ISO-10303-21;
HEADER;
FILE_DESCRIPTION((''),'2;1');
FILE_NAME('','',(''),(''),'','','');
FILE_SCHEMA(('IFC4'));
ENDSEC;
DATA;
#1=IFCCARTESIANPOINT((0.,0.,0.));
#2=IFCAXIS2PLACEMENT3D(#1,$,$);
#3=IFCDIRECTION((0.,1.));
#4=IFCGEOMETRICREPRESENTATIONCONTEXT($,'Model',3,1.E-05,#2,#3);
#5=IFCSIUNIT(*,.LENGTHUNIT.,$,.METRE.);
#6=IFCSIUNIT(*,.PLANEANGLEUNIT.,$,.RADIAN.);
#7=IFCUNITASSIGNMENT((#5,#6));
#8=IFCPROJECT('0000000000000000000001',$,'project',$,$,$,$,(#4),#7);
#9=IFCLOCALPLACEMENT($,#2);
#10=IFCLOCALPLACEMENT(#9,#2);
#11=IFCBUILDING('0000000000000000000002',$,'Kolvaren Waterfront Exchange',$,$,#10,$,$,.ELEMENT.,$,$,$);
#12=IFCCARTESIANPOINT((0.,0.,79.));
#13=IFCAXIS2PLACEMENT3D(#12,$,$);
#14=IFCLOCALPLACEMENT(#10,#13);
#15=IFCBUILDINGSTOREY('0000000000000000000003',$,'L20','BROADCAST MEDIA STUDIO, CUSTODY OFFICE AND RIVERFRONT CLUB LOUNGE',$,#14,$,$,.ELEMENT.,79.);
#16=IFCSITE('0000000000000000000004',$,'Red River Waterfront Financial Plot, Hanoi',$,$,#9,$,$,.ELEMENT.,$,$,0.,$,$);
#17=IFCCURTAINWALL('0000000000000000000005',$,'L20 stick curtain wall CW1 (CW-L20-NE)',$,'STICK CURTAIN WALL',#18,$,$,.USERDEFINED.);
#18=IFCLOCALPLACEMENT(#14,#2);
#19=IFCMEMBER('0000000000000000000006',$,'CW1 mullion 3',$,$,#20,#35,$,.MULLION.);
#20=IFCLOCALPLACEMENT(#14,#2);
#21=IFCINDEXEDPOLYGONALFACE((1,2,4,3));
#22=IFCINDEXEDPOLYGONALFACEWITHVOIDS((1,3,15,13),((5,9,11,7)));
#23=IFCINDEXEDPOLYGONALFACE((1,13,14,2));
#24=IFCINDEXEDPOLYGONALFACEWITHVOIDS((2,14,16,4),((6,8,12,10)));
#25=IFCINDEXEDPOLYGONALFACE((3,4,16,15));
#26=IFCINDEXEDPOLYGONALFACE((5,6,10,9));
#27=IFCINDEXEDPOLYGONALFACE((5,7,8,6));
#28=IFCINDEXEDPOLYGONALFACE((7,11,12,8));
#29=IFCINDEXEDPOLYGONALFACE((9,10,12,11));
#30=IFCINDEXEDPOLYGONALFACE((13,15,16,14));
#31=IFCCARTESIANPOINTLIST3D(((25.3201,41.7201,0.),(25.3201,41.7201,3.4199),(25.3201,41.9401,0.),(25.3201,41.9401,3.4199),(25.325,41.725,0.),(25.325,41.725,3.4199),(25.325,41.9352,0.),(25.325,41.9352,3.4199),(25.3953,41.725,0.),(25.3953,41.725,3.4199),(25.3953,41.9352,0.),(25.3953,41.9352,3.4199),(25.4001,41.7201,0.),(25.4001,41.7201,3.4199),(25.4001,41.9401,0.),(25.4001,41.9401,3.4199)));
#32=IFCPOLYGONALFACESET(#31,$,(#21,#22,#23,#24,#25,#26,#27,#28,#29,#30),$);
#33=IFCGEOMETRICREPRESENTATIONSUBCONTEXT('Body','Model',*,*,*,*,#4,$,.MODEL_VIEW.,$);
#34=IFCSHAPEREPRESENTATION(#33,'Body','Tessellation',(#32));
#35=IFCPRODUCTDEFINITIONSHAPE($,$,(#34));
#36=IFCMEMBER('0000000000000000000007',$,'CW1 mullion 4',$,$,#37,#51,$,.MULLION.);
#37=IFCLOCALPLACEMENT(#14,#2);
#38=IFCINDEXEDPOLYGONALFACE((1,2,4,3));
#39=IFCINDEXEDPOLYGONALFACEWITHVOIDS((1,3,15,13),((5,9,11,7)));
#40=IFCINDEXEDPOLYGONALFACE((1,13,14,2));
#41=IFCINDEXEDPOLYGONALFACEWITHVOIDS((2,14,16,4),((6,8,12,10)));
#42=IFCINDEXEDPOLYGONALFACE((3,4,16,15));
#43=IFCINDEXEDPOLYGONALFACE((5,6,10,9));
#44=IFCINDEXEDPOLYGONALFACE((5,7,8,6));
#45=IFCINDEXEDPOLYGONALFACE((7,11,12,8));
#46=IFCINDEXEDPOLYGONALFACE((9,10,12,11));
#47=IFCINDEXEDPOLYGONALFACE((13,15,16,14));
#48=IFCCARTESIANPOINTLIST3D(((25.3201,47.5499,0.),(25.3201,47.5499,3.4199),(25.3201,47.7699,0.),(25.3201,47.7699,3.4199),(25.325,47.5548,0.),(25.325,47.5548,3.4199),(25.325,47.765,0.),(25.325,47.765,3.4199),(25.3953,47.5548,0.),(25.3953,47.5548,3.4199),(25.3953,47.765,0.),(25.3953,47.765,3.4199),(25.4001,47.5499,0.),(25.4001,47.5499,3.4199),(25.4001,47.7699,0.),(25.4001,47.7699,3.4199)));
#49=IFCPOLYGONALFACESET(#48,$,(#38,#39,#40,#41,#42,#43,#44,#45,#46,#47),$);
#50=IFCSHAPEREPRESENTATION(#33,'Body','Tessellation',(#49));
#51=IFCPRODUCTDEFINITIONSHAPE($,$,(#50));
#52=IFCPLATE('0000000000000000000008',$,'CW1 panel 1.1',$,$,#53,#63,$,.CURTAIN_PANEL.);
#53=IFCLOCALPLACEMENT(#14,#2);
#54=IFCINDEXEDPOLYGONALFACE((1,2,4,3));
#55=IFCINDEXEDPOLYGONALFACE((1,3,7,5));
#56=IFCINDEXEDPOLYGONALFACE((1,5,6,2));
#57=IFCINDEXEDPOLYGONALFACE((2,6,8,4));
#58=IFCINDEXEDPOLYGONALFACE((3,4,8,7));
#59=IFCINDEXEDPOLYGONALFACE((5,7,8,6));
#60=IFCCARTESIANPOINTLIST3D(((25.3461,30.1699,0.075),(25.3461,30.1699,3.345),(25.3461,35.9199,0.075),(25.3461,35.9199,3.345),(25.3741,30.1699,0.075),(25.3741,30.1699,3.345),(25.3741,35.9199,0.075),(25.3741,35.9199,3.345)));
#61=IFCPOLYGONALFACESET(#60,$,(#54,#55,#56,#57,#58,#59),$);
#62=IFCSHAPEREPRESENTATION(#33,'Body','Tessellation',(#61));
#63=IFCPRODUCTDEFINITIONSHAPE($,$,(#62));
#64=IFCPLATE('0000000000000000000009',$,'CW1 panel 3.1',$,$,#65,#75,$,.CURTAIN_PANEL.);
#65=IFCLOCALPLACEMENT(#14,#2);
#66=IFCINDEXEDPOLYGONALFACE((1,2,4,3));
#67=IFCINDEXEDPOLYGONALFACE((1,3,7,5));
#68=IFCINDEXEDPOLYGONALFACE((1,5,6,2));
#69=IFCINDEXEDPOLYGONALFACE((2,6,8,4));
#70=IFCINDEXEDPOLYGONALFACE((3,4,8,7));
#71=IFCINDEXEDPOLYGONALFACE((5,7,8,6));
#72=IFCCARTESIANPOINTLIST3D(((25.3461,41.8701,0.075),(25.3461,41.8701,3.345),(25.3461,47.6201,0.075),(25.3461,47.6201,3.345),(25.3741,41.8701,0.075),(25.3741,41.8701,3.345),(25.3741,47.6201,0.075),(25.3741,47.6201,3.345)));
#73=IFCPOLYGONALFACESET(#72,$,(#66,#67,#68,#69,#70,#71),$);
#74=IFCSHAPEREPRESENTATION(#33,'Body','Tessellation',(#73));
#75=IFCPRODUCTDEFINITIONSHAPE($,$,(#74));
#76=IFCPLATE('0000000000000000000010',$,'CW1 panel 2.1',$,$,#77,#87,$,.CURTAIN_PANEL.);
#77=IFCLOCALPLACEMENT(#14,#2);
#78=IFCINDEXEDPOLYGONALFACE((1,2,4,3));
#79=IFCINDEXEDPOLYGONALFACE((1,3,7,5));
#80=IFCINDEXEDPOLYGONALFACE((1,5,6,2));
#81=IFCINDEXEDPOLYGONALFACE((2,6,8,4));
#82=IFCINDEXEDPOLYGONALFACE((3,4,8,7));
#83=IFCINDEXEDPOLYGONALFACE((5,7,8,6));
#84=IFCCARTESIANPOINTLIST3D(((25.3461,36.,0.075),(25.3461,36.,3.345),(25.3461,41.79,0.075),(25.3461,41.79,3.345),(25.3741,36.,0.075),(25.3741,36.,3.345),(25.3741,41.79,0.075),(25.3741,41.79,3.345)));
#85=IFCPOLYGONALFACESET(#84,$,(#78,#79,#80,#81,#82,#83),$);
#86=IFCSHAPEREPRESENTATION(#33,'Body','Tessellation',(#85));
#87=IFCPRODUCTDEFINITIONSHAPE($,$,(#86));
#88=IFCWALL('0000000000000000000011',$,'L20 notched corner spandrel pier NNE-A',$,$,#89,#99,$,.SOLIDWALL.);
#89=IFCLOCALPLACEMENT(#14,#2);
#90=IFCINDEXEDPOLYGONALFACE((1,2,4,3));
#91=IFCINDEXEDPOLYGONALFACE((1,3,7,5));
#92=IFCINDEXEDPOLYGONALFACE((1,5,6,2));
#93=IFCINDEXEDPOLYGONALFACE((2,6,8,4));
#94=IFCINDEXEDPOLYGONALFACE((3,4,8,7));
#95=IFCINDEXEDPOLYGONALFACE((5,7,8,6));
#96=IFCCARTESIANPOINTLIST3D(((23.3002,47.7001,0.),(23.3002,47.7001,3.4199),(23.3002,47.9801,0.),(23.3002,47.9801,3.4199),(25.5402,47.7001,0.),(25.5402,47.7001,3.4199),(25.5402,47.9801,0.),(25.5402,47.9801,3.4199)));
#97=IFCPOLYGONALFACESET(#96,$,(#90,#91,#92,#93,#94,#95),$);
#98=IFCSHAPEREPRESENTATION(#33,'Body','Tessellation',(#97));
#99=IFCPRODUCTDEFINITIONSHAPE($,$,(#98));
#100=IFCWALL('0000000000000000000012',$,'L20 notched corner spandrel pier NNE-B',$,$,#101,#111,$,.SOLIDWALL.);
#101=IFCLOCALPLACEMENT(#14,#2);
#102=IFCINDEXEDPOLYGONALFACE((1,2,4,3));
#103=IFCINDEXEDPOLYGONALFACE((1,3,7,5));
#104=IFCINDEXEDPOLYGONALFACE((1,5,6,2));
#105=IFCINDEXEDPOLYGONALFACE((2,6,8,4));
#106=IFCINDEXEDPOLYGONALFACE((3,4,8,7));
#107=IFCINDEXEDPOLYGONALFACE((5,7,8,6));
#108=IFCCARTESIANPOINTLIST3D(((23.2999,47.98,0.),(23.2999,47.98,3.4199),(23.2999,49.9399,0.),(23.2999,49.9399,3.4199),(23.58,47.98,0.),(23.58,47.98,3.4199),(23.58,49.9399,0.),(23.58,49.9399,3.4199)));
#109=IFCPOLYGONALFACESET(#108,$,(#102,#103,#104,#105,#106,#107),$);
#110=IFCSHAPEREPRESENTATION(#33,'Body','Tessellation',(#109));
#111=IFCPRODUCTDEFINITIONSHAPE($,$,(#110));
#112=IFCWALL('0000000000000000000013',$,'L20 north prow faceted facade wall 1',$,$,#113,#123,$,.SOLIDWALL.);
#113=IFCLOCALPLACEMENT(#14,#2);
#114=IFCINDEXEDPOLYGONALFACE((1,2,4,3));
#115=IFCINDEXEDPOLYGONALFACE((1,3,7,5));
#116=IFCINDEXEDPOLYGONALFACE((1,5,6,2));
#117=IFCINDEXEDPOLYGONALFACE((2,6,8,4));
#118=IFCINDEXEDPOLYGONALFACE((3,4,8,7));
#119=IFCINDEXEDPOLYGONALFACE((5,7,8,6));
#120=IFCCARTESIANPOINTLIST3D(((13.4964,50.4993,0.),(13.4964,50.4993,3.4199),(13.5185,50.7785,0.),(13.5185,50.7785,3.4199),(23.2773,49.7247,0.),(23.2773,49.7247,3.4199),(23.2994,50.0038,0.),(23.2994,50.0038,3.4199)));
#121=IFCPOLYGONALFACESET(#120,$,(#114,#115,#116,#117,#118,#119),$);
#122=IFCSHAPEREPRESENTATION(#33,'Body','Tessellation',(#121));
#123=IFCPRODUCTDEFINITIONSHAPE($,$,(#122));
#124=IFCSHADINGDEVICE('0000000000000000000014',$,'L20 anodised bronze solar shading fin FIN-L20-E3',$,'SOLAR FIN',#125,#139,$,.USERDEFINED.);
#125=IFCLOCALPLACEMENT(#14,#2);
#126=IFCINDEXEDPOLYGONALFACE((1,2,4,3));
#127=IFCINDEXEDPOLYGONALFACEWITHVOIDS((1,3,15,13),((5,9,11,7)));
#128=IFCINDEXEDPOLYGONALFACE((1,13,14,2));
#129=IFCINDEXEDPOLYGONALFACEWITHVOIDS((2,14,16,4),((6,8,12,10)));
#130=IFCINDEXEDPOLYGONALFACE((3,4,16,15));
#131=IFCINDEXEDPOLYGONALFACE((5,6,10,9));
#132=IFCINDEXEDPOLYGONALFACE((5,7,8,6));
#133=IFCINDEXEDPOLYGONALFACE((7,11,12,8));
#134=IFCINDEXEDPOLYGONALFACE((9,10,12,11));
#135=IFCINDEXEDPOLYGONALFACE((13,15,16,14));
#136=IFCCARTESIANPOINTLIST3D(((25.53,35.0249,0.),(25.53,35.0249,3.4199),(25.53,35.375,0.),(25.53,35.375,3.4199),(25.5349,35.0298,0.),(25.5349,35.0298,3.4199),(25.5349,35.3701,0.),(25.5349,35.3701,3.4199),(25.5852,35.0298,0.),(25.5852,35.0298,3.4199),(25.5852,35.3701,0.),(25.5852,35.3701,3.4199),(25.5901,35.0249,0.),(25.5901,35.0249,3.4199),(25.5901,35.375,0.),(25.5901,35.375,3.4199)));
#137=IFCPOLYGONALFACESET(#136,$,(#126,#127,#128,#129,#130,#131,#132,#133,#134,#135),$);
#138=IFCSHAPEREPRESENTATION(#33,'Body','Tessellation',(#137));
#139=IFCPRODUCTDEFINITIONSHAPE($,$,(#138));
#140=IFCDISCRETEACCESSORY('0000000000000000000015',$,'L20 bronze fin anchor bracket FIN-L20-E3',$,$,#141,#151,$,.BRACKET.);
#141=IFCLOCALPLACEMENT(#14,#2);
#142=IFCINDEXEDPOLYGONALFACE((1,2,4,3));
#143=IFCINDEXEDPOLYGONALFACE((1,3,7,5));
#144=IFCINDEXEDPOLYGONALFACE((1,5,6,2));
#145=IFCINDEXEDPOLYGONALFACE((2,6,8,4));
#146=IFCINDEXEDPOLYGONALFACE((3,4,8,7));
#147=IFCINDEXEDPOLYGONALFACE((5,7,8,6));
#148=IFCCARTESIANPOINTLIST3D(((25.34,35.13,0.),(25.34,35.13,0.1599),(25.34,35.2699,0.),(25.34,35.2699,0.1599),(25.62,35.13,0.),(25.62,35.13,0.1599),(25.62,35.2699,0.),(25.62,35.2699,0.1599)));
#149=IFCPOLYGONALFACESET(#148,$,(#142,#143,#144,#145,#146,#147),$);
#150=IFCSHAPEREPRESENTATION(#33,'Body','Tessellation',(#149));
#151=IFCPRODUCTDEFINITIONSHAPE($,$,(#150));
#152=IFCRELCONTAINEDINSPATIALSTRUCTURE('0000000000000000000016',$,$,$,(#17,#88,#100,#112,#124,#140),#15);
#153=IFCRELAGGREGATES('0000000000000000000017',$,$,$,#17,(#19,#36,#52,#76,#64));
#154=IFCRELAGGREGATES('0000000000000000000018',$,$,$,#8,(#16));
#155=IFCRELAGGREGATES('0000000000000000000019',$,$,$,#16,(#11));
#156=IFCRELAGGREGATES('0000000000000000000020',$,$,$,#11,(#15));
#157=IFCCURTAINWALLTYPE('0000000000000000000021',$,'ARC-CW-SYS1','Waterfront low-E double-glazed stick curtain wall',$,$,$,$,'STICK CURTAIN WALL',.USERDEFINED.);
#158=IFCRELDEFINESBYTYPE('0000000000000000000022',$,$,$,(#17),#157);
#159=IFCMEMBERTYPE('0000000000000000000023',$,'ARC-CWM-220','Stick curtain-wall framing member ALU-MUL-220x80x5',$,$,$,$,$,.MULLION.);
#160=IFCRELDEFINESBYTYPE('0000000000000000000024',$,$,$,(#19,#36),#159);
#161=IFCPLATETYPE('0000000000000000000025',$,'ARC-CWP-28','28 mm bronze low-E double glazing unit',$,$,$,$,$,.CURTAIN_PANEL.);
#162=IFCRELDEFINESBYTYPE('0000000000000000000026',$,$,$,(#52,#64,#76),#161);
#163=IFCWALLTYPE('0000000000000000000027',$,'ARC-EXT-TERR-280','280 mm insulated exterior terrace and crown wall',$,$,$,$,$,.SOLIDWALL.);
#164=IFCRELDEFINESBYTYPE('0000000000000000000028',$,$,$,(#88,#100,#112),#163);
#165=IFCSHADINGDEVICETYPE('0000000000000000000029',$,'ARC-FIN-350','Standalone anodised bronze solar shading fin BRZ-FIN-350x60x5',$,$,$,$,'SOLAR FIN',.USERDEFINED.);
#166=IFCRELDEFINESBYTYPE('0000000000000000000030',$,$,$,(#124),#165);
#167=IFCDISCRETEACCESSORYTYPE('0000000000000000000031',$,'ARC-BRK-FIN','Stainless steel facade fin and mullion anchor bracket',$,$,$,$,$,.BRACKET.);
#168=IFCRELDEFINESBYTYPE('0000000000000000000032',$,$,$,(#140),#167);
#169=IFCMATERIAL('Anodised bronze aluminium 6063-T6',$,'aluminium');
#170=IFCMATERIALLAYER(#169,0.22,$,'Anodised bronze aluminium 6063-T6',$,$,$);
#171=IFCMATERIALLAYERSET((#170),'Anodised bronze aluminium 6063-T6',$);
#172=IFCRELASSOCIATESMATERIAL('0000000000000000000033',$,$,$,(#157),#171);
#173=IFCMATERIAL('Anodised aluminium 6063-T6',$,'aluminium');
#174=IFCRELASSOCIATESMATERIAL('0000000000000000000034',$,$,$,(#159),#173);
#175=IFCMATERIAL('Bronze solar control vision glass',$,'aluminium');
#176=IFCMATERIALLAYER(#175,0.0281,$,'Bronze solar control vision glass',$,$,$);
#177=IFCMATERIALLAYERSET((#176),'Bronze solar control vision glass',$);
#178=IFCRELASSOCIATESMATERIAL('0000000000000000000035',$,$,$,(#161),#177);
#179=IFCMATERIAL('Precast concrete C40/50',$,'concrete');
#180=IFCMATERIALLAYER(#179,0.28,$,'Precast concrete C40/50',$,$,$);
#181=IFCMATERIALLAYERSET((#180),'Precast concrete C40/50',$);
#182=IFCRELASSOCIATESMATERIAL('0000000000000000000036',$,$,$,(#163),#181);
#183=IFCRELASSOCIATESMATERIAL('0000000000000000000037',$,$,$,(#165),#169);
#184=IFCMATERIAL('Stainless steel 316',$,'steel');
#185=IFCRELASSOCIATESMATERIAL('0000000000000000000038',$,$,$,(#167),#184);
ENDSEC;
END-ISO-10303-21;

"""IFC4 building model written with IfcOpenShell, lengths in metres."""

from ifc_helpers import new_model, si_unit, direction, frame, frame_2d, origin, origin_with_axes, origin_2d, place, context, subcontext, project, spatial, rectangle, hollow_rectangle, extrude, source, transform, mapped, material, layer, layer_set, material_profile, profile_set, type_object, element, aggregate, save


model = new_model("IFC4")

# Units and contexts
model_context = context("Model", 3, precision=1e-05, world=origin(), true_north=direction((0.0, 1.0)))
body_context = subcontext(model_context, "Body", "Model", "MODEL_VIEW")
ifc_project = project(units=[si_unit("LENGTHUNIT", "METRE"), si_unit("PLANEANGLEUNIT", "RADIAN")], contexts=[model_context])

# Site, building, storey
site_placement = place(None, origin())
site = spatial("IfcSite", under=ifc_project, at=site_placement, Name="Red River Waterfront Financial Plot, Hanoi", CompositionType="ELEMENT", RefElevation=0.0)
building_placement = place(site_placement, origin())
building = spatial("IfcBuilding", under=site, at=building_placement, Name="Kolvaren Waterfront Exchange", CompositionType="ELEMENT")
storey_placement = place(building_placement, frame((0.0, 0.0, 79.0)))
storey = spatial("IfcBuildingStorey", under=building, at=storey_placement, Name="L20", Description="BROADCAST MEDIA STUDIO, CUSTODY OFFICE AND RIVERFRONT CLUB LOUNGE", CompositionType="ELEMENT", Elevation=79.0)

# Curtain wall, members, plates
ifc_material_1 = material(Name="Anodised bronze aluminium 6063-T6", Category="aluminium")
ifc_layer_1 = layer(ifc_material_1, 0.22, Name="Anodised bronze aluminium 6063-T6")
ifc_layer_set_1 = layer_set([ifc_layer_1], Name="Anodised bronze aluminium 6063-T6")
curtain_wall_type = type_object("IfcCurtainWallType", Name="ARC-CW-SYS1", Description="Waterfront low-E double-glazed stick curtain wall", ElementType="STICK CURTAIN WALL", PredefinedType="USERDEFINED", material=ifc_layer_set_1)
curtain_wall_placement = place(storey_placement, origin())
curtain_wall = element("IfcCurtainWall", 1, at=curtain_wall_placement, inside=storey, type_object=curtain_wall_type, Name="L20 stick curtain wall CW1 (CW-L20-NE)", ObjectType="STICK CURTAIN WALL", PredefinedType="USERDEFINED")
ifc_material_2 = material(Name="Anodised aluminium 6063-T6", Category="aluminium")
ifc_material_profile_1 = material_profile(ifc_material_2, hollow_rectangle(XDim=0.0801, YDim=0.22, WallThickness=0.0049, at=origin_2d()), Name="ALU-MUL-220x80x5")
ifc_profile_set_1 = profile_set([ifc_material_profile_1], Name="Anodised aluminium 6063-T6")
member_type_1 = type_object("IfcMemberType", Name="ARC-CWM-220", Description="Stick curtain-wall framing member ALU-MUL-220x80x5", PredefinedType="MULLION", material=ifc_profile_set_1)
shared_shape_1 = source(origin_with_axes(), body_context, "Body", "SweptSolid", [
    extrude(hollow_rectangle(XDim=0.0801, YDim=0.22, WallThickness=0.0049, at=origin_2d()), origin(), (0.0, 0.0, 1.0), 3.4199),
])
member_1_placement = place(storey_placement, frame((25.3601, 41.8301, 0.0), z_axis=(0.0, 0.0, 1.0), x_axis=(-1.0, 0.0, 0.0)))
member_1 = element("IfcMember", 2, at=member_1_placement, type_object=member_type_1, Name="CW1 mullion 3", PredefinedType="MULLION", context=body_context, shape_type="MappedRepresentation", body=[
    mapped(shared_shape_1, transform((0.0, 0.0, 0.0), x_axis=(1.0, 0.0, 0.0), y_axis=(0.0, 1.0, 0.0), z_axis=(0.0, 0.0, 1.0), scale=1.0)),
])
member_2_placement = place(storey_placement, frame((25.3601, 47.6599, 0.0), z_axis=(0.0, 0.0, 1.0), x_axis=(-1.0, 0.0, 0.0)))
member_2 = element("IfcMember", 3, at=member_2_placement, type_object=member_type_1, Name="CW1 mullion 4", PredefinedType="MULLION", context=body_context, shape_type="MappedRepresentation", body=[
    mapped(shared_shape_1, transform((0.0, 0.0, 0.0), x_axis=(1.0, 0.0, 0.0), y_axis=(0.0, 1.0, 0.0), z_axis=(0.0, 0.0, 1.0), scale=1.0)),
])
ifc_material_3 = material(Name="Bronze solar control vision glass", Category="aluminium")
ifc_layer_2 = layer(ifc_material_3, 0.0281, Name="Bronze solar control vision glass")
ifc_layer_set_2 = layer_set([ifc_layer_2], Name="Bronze solar control vision glass")
plate_type = type_object("IfcPlateType", Name="ARC-CWP-28", Description="28 mm bronze low-E double glazing unit", PredefinedType="CURTAIN_PANEL", material=ifc_layer_set_2)
shared_shape_2 = source(origin_with_axes(), body_context, "Body", "SweptSolid", [
    extrude(rectangle(XDim=5.75, YDim=0.0281, at=origin_2d()), origin(), (0.0, 0.0, 1.0), 3.27),
])
plate_1_placement = place(storey_placement, frame((25.3601, 33.0449, 0.075), z_axis=(0.0, 0.0, 1.0), x_axis=(0.0, 1.0, 0.0)))
plate_1 = element("IfcPlate", 4, at=plate_1_placement, type_object=plate_type, Name="CW1 panel 1.1", PredefinedType="CURTAIN_PANEL", context=body_context, shape_type="MappedRepresentation", body=[
    mapped(shared_shape_2, transform((0.0, 0.0, 0.0), x_axis=(1.0, 0.0, 0.0), y_axis=(0.0, 1.0, 0.0), z_axis=(0.0, 0.0, 1.0), scale=1.0)),
])
plate_2_placement = place(storey_placement, frame((25.3601, 44.7451, 0.075), z_axis=(0.0, 0.0, 1.0), x_axis=(0.0, 1.0, 0.0)))
plate_2 = element("IfcPlate", 5, at=plate_2_placement, type_object=plate_type, Name="CW1 panel 3.1", PredefinedType="CURTAIN_PANEL", context=body_context, shape_type="MappedRepresentation", body=[
    mapped(shared_shape_2, transform((0.0, 0.0, 0.0), x_axis=(1.0, 0.0, 0.0), y_axis=(0.0, 1.0, 0.0), z_axis=(0.0, 0.0, 1.0), scale=1.0)),
])
shared_shape_3 = source(origin_with_axes(), body_context, "Body", "SweptSolid", [
    extrude(rectangle(XDim=5.79, YDim=0.0281, at=origin_2d()), origin(), (0.0, 0.0, 1.0), 3.27),
])
plate_3_placement = place(storey_placement, frame((25.3601, 38.895, 0.075), z_axis=(0.0, 0.0, 1.0), x_axis=(0.0, 1.0, 0.0)))
plate_3 = element("IfcPlate", 6, at=plate_3_placement, type_object=plate_type, Name="CW1 panel 2.1", PredefinedType="CURTAIN_PANEL", context=body_context, shape_type="MappedRepresentation", body=[
    mapped(shared_shape_3, transform((0.0, 0.0, 0.0), x_axis=(1.0, 0.0, 0.0), y_axis=(0.0, 1.0, 0.0), z_axis=(0.0, 0.0, 1.0), scale=1.0)),
])
aggregate(curtain_wall, [member_1, member_2, plate_1, plate_3, plate_2])

# Walls
ifc_material_4 = material(Name="Precast concrete C40/50", Category="concrete")
ifc_layer_3 = layer(ifc_material_4, 0.28, Name="Precast concrete C40/50")
ifc_layer_set_3 = layer_set([ifc_layer_3], Name="Precast concrete C40/50")
wall_type = type_object("IfcWallType", Name="ARC-EXT-TERR-280", Description="280 mm insulated exterior terrace and crown wall", PredefinedType="SOLIDWALL", material=ifc_layer_set_3)
wall_1_placement = place(storey_placement, frame((23.3, 47.8401, 0.0), z_axis=(0.0, 0.0, 1.0), x_axis=(1.0, 0.0, 0.0)))
element("IfcWall", 7, at=wall_1_placement, inside=storey, type_object=wall_type, Name="L20 notched corner spandrel pier NNE-A", PredefinedType="SOLIDWALL", context=body_context, shape_type="SweptSolid", body=[
    extrude(rectangle(XDim=2.24, YDim=0.28, at=frame_2d((1.1201, 0.0))), origin(), (0.0, 0.0, 1.0), 3.4199),
])
wall_2_placement = place(storey_placement, frame((23.4399, 47.98, 0.0), z_axis=(0.0, 0.0, 1.0), x_axis=(0.0, 1.0, 0.0)))
element("IfcWall", 8, at=wall_2_placement, inside=storey, type_object=wall_type, Name="L20 notched corner spandrel pier NNE-B", PredefinedType="SOLIDWALL", context=body_context, shape_type="SweptSolid", body=[
    extrude(rectangle(XDim=1.96, YDim=0.28, at=frame_2d((0.98, 0.0))), origin(), (0.0, 0.0, 1.0), 3.4199),
])
wall_3_placement = place(storey_placement, frame((23.2883, 49.8643, 0.0), z_axis=(0.0, 0.0, 1.0), x_axis=(-0.996878, 0.078953, 0.0)))
element("IfcWall", 9, at=wall_3_placement, inside=storey, type_object=wall_type, Name="L20 north prow faceted facade wall 1", PredefinedType="SOLIDWALL", context=body_context, shape_type="SweptSolid", body=[
    extrude(rectangle(XDim=9.8115, YDim=0.28, at=frame_2d((4.9058, 0.0))), origin(), (0.0, 0.0, 1.0), 3.4199),
])

# Shading device
ifc_material_profile_2 = material_profile(ifc_material_1, hollow_rectangle(XDim=0.0601, YDim=0.3501, WallThickness=0.0049, at=origin_2d()), Name="BRZ-FIN-350x60x5")
ifc_profile_set_2 = profile_set([ifc_material_profile_2], Name="Anodised bronze aluminium 6063-T6")
shading_device_type = type_object("IfcShadingDeviceType", Name="ARC-FIN-350", Description="Standalone anodised bronze solar shading fin BRZ-FIN-350x60x5", ElementType="SOLAR FIN", PredefinedType="USERDEFINED", material=ifc_profile_set_2)
shading_device_placement = place(storey_placement, frame((25.5601, 35.2, 0.0), z_axis=(0.0, 0.0, 1.0), x_axis=(1.0, 0.0, 0.0)))
element("IfcShadingDevice", 10, at=shading_device_placement, inside=storey, type_object=shading_device_type, Name="L20 anodised bronze solar shading fin FIN-L20-E3", ObjectType="SOLAR FIN", PredefinedType="USERDEFINED", context=body_context, shape_type="SweptSolid", body=[
    extrude(hollow_rectangle(XDim=0.0601, YDim=0.3501, WallThickness=0.0049, at=origin_2d()), origin(), (0.0, 0.0, 1.0), 3.4199),
])

# Discrete accessory
ifc_material_5 = material(Name="Stainless steel 316", Category="steel")
discrete_accessory_type = type_object("IfcDiscreteAccessoryType", Name="ARC-BRK-FIN", Description="Stainless steel facade fin and mullion anchor bracket", PredefinedType="BRACKET", material=ifc_material_5)
shared_shape_4 = source(origin_with_axes(), body_context, "Body", "SweptSolid", [
    extrude(rectangle(XDim=0.28, YDim=0.1399, at=origin_2d()), origin(), (0.0, 0.0, 1.0), 0.1599),
])
discrete_accessory_placement = place(storey_placement, frame((25.48, 35.2, 0.0), z_axis=(0.0, 0.0, 1.0), x_axis=(1.0, 0.0, 0.0)))
element("IfcDiscreteAccessory", 11, at=discrete_accessory_placement, inside=storey, type_object=discrete_accessory_type, Name="L20 bronze fin anchor bracket FIN-L20-E3", PredefinedType="BRACKET", context=body_context, shape_type="MappedRepresentation", body=[
    mapped(shared_shape_4, transform((0.0, 0.0, 0.0), x_axis=(1.0, 0.0, 0.0), y_axis=(0.0, 1.0, 0.0), z_axis=(0.0, 0.0, 1.0), scale=1.0)),
])

save(model, "model.ifc")
